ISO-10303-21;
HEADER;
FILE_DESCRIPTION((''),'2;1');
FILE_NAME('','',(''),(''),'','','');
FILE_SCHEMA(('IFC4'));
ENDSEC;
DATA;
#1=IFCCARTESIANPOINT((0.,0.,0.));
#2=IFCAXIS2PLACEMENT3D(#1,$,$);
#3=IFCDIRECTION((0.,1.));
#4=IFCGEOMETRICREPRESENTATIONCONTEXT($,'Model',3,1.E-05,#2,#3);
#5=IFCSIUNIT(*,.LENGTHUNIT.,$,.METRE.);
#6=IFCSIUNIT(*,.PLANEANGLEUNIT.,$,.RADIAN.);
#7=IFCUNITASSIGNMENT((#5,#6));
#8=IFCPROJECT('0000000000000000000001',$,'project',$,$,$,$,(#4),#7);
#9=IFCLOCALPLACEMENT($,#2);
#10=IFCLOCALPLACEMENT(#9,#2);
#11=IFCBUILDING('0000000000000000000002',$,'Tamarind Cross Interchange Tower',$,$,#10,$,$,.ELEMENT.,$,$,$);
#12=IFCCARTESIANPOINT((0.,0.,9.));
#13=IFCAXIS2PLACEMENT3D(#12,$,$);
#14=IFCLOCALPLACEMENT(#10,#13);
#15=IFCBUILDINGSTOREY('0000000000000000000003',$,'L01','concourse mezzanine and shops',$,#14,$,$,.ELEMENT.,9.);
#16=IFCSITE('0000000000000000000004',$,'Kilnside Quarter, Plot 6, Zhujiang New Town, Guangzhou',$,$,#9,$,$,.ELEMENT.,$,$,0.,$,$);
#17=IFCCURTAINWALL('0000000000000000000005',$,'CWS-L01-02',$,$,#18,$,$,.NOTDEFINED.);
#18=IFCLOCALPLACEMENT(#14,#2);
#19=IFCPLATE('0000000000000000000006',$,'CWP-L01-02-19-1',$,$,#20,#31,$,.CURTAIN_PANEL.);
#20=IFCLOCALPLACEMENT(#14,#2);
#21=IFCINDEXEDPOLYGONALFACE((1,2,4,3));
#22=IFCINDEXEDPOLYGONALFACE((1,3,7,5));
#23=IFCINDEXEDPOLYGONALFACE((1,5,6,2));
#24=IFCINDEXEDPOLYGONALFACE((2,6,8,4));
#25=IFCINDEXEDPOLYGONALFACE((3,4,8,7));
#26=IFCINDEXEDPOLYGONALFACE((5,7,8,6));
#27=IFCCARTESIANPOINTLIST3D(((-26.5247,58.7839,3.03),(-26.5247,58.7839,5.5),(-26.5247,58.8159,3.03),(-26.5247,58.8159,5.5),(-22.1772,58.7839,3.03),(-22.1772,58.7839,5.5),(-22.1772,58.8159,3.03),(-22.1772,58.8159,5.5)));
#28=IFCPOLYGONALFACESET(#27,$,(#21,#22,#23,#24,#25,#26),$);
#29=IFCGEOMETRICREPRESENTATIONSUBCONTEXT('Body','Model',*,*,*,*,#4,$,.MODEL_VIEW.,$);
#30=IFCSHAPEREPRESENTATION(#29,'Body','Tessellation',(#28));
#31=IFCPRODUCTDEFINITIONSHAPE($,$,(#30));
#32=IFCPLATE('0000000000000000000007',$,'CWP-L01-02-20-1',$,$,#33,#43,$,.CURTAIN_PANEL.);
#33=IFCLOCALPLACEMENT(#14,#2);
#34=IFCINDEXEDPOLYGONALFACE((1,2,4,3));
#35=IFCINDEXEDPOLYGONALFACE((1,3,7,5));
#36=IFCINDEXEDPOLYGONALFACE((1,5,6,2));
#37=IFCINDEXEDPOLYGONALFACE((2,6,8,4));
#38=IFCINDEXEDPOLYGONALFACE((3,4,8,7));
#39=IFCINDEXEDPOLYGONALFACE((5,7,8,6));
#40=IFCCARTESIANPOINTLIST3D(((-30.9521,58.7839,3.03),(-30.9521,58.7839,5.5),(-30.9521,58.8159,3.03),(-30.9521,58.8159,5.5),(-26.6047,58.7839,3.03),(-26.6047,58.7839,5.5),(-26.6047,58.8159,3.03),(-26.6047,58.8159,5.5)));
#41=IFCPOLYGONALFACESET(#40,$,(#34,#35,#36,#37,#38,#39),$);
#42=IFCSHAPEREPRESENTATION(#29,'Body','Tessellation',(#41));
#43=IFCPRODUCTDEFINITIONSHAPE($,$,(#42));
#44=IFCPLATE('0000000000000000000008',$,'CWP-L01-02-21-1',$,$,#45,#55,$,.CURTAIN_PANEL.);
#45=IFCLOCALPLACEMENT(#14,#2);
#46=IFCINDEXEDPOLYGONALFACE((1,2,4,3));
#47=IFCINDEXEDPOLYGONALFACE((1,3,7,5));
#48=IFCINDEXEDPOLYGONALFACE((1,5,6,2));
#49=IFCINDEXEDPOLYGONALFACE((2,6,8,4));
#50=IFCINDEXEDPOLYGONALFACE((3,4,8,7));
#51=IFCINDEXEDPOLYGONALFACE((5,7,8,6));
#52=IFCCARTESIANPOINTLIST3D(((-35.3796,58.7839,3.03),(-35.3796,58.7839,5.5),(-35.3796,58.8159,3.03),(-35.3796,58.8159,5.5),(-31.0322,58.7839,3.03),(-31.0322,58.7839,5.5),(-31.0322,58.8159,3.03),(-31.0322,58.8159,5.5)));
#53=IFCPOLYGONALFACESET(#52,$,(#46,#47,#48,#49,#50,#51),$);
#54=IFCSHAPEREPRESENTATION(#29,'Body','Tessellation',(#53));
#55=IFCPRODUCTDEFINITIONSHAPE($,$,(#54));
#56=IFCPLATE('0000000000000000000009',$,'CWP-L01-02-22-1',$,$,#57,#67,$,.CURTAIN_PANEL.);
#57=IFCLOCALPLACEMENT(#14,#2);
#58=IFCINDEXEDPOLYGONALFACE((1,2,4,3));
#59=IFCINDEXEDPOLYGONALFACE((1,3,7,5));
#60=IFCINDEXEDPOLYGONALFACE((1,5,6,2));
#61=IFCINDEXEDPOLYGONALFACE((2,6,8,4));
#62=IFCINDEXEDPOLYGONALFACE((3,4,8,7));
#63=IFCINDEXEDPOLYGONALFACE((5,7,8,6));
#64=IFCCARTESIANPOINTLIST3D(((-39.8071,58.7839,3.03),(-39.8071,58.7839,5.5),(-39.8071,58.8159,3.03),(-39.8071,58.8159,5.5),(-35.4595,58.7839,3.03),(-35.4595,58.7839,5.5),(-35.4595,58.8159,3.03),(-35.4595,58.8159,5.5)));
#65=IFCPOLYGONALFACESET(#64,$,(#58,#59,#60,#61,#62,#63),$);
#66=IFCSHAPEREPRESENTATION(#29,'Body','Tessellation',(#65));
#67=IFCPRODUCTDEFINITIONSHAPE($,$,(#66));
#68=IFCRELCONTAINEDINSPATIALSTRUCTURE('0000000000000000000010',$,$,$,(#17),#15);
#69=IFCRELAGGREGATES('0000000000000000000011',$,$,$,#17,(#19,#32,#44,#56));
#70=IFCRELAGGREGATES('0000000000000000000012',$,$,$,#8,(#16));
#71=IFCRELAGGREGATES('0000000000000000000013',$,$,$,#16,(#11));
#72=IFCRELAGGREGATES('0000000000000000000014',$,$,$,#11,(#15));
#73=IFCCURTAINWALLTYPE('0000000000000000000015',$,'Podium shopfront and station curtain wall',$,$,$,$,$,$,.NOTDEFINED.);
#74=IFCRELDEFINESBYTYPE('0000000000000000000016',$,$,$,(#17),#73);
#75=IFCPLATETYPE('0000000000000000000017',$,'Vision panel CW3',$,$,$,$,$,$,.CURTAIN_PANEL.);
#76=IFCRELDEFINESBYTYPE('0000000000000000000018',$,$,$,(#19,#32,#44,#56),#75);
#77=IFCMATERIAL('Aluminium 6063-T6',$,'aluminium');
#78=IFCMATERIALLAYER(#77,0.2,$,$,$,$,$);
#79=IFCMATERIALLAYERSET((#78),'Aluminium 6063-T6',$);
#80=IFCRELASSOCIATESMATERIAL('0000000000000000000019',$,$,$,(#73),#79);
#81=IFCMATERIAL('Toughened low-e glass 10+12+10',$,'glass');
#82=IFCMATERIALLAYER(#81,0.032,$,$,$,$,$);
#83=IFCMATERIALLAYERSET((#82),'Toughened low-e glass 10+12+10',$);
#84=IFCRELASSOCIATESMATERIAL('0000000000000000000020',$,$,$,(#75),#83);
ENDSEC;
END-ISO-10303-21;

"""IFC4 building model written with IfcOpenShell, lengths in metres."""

from ifc_helpers import new_model, si_unit, direction, frame, origin, place, context, subcontext, project, spatial, polyline, outline, extrude, material, layer, layer_set, type_object, element, aggregate, save


model = new_model("IFC4")

# Units and contexts
model_context = context("Model", 3, precision=1e-05, world=origin(), true_north=direction((0.0, 1.0)))
body_context = subcontext(model_context, "Body", "Model", "MODEL_VIEW")
ifc_project = project(units=[si_unit("LENGTHUNIT", "METRE"), si_unit("PLANEANGLEUNIT", "RADIAN")], contexts=[model_context])

# Site, building, storey
site_placement = place(None, origin())
site = spatial("IfcSite", under=ifc_project, at=site_placement, Name="Kilnside Quarter, Plot 6, Zhujiang New Town, Guangzhou", CompositionType="ELEMENT", RefElevation=0.0)
building_placement = place(site_placement, origin())
building = spatial("IfcBuilding", under=site, at=building_placement, Name="Tamarind Cross Interchange Tower", CompositionType="ELEMENT")
storey_placement = place(building_placement, frame((0.0, 0.0, 9.0)))
storey = spatial("IfcBuildingStorey", under=building, at=storey_placement, Name="L01", Description="concourse mezzanine and shops", CompositionType="ELEMENT", Elevation=9.0)

# Shared definitions
ifc_material_1 = material(Name="Aluminium 6063-T6", Category="aluminium")
ifc_layer_1 = layer(ifc_material_1, 0.2)
ifc_layer_set_1 = layer_set([ifc_layer_1], Name="Aluminium 6063-T6")
curtain_wall_type = type_object("IfcCurtainWallType", Name="Podium shopfront and station curtain wall", PredefinedType="NOTDEFINED", material=ifc_layer_set_1)

# Shared definitions
ifc_material_2 = material(Name="Toughened low-e glass 10+12+10", Category="glass")
ifc_layer_2 = layer(ifc_material_2, 0.032)
ifc_layer_set_2 = layer_set([ifc_layer_2], Name="Toughened low-e glass 10+12+10")
plate_type = type_object("IfcPlateType", Name="Vision panel CW3", PredefinedType="CURTAIN_PANEL", material=ifc_layer_set_2)

# Curtain wall, plates
curtain_wall_1_placement = place(storey_placement, origin())
curtain_wall_1 = element("IfcCurtainWall", 1, at=curtain_wall_1_placement, inside=storey, type_object=curtain_wall_type, Name="CWS-L01-02", PredefinedType="NOTDEFINED")
plate_1_placement = place(storey_placement, frame((0.0, 0.0, 3.03)))
plate_1 = element("IfcPlate", 2, at=plate_1_placement, type_object=plate_type, Name="CWP-L01-02-19-1", PredefinedType="CURTAIN_PANEL", context=body_context, shape_type="SweptSolid", body=[
    extrude(outline(polyline([(-22.1772, 58.7839), (-26.5247, 58.7839), (-26.5247, 58.8159), (-22.1772, 58.8159), (-22.1772, 58.7839)])), origin(), (0.0, 0.0, 1.0), 2.47),
])
plate_2_placement = place(storey_placement, frame((0.0, 0.0, 3.03)))
plate_2 = element("IfcPlate", 3, at=plate_2_placement, type_object=plate_type, Name="CWP-L01-02-20-1", PredefinedType="CURTAIN_PANEL", context=body_context, shape_type="SweptSolid", body=[
    extrude(outline(polyline([(-26.6047, 58.7839), (-30.9521, 58.7839), (-30.9521, 58.8159), (-26.6047, 58.8159), (-26.6047, 58.7839)])), origin(), (0.0, 0.0, 1.0), 2.47),
])
plate_3_placement = place(storey_placement, frame((0.0, 0.0, 3.03)))
plate_3 = element("IfcPlate", 4, at=plate_3_placement, type_object=plate_type, Name="CWP-L01-02-21-1", PredefinedType="CURTAIN_PANEL", context=body_context, shape_type="SweptSolid", body=[
    extrude(outline(polyline([(-31.0322, 58.7839), (-35.3796, 58.7839), (-35.3796, 58.8159), (-31.0322, 58.8159), (-31.0322, 58.7839)])), origin(), (0.0, 0.0, 1.0), 2.47),
])
plate_4_placement = place(storey_placement, frame((0.0, 0.0, 3.03)))
plate_4 = element("IfcPlate", 5, at=plate_4_placement, type_object=plate_type, Name="CWP-L01-02-22-1", PredefinedType="CURTAIN_PANEL", context=body_context, shape_type="SweptSolid", body=[
    extrude(outline(polyline([(-35.4595, 58.7839), (-39.8071, 58.7839), (-39.8071, 58.8159), (-35.4595, 58.8159), (-35.4595, 58.7839)])), origin(), (0.0, 0.0, 1.0), 2.47),
])
aggregate(curtain_wall_1, [plate_1, plate_2, plate_3, plate_4])

save(model, "model.ifc")
